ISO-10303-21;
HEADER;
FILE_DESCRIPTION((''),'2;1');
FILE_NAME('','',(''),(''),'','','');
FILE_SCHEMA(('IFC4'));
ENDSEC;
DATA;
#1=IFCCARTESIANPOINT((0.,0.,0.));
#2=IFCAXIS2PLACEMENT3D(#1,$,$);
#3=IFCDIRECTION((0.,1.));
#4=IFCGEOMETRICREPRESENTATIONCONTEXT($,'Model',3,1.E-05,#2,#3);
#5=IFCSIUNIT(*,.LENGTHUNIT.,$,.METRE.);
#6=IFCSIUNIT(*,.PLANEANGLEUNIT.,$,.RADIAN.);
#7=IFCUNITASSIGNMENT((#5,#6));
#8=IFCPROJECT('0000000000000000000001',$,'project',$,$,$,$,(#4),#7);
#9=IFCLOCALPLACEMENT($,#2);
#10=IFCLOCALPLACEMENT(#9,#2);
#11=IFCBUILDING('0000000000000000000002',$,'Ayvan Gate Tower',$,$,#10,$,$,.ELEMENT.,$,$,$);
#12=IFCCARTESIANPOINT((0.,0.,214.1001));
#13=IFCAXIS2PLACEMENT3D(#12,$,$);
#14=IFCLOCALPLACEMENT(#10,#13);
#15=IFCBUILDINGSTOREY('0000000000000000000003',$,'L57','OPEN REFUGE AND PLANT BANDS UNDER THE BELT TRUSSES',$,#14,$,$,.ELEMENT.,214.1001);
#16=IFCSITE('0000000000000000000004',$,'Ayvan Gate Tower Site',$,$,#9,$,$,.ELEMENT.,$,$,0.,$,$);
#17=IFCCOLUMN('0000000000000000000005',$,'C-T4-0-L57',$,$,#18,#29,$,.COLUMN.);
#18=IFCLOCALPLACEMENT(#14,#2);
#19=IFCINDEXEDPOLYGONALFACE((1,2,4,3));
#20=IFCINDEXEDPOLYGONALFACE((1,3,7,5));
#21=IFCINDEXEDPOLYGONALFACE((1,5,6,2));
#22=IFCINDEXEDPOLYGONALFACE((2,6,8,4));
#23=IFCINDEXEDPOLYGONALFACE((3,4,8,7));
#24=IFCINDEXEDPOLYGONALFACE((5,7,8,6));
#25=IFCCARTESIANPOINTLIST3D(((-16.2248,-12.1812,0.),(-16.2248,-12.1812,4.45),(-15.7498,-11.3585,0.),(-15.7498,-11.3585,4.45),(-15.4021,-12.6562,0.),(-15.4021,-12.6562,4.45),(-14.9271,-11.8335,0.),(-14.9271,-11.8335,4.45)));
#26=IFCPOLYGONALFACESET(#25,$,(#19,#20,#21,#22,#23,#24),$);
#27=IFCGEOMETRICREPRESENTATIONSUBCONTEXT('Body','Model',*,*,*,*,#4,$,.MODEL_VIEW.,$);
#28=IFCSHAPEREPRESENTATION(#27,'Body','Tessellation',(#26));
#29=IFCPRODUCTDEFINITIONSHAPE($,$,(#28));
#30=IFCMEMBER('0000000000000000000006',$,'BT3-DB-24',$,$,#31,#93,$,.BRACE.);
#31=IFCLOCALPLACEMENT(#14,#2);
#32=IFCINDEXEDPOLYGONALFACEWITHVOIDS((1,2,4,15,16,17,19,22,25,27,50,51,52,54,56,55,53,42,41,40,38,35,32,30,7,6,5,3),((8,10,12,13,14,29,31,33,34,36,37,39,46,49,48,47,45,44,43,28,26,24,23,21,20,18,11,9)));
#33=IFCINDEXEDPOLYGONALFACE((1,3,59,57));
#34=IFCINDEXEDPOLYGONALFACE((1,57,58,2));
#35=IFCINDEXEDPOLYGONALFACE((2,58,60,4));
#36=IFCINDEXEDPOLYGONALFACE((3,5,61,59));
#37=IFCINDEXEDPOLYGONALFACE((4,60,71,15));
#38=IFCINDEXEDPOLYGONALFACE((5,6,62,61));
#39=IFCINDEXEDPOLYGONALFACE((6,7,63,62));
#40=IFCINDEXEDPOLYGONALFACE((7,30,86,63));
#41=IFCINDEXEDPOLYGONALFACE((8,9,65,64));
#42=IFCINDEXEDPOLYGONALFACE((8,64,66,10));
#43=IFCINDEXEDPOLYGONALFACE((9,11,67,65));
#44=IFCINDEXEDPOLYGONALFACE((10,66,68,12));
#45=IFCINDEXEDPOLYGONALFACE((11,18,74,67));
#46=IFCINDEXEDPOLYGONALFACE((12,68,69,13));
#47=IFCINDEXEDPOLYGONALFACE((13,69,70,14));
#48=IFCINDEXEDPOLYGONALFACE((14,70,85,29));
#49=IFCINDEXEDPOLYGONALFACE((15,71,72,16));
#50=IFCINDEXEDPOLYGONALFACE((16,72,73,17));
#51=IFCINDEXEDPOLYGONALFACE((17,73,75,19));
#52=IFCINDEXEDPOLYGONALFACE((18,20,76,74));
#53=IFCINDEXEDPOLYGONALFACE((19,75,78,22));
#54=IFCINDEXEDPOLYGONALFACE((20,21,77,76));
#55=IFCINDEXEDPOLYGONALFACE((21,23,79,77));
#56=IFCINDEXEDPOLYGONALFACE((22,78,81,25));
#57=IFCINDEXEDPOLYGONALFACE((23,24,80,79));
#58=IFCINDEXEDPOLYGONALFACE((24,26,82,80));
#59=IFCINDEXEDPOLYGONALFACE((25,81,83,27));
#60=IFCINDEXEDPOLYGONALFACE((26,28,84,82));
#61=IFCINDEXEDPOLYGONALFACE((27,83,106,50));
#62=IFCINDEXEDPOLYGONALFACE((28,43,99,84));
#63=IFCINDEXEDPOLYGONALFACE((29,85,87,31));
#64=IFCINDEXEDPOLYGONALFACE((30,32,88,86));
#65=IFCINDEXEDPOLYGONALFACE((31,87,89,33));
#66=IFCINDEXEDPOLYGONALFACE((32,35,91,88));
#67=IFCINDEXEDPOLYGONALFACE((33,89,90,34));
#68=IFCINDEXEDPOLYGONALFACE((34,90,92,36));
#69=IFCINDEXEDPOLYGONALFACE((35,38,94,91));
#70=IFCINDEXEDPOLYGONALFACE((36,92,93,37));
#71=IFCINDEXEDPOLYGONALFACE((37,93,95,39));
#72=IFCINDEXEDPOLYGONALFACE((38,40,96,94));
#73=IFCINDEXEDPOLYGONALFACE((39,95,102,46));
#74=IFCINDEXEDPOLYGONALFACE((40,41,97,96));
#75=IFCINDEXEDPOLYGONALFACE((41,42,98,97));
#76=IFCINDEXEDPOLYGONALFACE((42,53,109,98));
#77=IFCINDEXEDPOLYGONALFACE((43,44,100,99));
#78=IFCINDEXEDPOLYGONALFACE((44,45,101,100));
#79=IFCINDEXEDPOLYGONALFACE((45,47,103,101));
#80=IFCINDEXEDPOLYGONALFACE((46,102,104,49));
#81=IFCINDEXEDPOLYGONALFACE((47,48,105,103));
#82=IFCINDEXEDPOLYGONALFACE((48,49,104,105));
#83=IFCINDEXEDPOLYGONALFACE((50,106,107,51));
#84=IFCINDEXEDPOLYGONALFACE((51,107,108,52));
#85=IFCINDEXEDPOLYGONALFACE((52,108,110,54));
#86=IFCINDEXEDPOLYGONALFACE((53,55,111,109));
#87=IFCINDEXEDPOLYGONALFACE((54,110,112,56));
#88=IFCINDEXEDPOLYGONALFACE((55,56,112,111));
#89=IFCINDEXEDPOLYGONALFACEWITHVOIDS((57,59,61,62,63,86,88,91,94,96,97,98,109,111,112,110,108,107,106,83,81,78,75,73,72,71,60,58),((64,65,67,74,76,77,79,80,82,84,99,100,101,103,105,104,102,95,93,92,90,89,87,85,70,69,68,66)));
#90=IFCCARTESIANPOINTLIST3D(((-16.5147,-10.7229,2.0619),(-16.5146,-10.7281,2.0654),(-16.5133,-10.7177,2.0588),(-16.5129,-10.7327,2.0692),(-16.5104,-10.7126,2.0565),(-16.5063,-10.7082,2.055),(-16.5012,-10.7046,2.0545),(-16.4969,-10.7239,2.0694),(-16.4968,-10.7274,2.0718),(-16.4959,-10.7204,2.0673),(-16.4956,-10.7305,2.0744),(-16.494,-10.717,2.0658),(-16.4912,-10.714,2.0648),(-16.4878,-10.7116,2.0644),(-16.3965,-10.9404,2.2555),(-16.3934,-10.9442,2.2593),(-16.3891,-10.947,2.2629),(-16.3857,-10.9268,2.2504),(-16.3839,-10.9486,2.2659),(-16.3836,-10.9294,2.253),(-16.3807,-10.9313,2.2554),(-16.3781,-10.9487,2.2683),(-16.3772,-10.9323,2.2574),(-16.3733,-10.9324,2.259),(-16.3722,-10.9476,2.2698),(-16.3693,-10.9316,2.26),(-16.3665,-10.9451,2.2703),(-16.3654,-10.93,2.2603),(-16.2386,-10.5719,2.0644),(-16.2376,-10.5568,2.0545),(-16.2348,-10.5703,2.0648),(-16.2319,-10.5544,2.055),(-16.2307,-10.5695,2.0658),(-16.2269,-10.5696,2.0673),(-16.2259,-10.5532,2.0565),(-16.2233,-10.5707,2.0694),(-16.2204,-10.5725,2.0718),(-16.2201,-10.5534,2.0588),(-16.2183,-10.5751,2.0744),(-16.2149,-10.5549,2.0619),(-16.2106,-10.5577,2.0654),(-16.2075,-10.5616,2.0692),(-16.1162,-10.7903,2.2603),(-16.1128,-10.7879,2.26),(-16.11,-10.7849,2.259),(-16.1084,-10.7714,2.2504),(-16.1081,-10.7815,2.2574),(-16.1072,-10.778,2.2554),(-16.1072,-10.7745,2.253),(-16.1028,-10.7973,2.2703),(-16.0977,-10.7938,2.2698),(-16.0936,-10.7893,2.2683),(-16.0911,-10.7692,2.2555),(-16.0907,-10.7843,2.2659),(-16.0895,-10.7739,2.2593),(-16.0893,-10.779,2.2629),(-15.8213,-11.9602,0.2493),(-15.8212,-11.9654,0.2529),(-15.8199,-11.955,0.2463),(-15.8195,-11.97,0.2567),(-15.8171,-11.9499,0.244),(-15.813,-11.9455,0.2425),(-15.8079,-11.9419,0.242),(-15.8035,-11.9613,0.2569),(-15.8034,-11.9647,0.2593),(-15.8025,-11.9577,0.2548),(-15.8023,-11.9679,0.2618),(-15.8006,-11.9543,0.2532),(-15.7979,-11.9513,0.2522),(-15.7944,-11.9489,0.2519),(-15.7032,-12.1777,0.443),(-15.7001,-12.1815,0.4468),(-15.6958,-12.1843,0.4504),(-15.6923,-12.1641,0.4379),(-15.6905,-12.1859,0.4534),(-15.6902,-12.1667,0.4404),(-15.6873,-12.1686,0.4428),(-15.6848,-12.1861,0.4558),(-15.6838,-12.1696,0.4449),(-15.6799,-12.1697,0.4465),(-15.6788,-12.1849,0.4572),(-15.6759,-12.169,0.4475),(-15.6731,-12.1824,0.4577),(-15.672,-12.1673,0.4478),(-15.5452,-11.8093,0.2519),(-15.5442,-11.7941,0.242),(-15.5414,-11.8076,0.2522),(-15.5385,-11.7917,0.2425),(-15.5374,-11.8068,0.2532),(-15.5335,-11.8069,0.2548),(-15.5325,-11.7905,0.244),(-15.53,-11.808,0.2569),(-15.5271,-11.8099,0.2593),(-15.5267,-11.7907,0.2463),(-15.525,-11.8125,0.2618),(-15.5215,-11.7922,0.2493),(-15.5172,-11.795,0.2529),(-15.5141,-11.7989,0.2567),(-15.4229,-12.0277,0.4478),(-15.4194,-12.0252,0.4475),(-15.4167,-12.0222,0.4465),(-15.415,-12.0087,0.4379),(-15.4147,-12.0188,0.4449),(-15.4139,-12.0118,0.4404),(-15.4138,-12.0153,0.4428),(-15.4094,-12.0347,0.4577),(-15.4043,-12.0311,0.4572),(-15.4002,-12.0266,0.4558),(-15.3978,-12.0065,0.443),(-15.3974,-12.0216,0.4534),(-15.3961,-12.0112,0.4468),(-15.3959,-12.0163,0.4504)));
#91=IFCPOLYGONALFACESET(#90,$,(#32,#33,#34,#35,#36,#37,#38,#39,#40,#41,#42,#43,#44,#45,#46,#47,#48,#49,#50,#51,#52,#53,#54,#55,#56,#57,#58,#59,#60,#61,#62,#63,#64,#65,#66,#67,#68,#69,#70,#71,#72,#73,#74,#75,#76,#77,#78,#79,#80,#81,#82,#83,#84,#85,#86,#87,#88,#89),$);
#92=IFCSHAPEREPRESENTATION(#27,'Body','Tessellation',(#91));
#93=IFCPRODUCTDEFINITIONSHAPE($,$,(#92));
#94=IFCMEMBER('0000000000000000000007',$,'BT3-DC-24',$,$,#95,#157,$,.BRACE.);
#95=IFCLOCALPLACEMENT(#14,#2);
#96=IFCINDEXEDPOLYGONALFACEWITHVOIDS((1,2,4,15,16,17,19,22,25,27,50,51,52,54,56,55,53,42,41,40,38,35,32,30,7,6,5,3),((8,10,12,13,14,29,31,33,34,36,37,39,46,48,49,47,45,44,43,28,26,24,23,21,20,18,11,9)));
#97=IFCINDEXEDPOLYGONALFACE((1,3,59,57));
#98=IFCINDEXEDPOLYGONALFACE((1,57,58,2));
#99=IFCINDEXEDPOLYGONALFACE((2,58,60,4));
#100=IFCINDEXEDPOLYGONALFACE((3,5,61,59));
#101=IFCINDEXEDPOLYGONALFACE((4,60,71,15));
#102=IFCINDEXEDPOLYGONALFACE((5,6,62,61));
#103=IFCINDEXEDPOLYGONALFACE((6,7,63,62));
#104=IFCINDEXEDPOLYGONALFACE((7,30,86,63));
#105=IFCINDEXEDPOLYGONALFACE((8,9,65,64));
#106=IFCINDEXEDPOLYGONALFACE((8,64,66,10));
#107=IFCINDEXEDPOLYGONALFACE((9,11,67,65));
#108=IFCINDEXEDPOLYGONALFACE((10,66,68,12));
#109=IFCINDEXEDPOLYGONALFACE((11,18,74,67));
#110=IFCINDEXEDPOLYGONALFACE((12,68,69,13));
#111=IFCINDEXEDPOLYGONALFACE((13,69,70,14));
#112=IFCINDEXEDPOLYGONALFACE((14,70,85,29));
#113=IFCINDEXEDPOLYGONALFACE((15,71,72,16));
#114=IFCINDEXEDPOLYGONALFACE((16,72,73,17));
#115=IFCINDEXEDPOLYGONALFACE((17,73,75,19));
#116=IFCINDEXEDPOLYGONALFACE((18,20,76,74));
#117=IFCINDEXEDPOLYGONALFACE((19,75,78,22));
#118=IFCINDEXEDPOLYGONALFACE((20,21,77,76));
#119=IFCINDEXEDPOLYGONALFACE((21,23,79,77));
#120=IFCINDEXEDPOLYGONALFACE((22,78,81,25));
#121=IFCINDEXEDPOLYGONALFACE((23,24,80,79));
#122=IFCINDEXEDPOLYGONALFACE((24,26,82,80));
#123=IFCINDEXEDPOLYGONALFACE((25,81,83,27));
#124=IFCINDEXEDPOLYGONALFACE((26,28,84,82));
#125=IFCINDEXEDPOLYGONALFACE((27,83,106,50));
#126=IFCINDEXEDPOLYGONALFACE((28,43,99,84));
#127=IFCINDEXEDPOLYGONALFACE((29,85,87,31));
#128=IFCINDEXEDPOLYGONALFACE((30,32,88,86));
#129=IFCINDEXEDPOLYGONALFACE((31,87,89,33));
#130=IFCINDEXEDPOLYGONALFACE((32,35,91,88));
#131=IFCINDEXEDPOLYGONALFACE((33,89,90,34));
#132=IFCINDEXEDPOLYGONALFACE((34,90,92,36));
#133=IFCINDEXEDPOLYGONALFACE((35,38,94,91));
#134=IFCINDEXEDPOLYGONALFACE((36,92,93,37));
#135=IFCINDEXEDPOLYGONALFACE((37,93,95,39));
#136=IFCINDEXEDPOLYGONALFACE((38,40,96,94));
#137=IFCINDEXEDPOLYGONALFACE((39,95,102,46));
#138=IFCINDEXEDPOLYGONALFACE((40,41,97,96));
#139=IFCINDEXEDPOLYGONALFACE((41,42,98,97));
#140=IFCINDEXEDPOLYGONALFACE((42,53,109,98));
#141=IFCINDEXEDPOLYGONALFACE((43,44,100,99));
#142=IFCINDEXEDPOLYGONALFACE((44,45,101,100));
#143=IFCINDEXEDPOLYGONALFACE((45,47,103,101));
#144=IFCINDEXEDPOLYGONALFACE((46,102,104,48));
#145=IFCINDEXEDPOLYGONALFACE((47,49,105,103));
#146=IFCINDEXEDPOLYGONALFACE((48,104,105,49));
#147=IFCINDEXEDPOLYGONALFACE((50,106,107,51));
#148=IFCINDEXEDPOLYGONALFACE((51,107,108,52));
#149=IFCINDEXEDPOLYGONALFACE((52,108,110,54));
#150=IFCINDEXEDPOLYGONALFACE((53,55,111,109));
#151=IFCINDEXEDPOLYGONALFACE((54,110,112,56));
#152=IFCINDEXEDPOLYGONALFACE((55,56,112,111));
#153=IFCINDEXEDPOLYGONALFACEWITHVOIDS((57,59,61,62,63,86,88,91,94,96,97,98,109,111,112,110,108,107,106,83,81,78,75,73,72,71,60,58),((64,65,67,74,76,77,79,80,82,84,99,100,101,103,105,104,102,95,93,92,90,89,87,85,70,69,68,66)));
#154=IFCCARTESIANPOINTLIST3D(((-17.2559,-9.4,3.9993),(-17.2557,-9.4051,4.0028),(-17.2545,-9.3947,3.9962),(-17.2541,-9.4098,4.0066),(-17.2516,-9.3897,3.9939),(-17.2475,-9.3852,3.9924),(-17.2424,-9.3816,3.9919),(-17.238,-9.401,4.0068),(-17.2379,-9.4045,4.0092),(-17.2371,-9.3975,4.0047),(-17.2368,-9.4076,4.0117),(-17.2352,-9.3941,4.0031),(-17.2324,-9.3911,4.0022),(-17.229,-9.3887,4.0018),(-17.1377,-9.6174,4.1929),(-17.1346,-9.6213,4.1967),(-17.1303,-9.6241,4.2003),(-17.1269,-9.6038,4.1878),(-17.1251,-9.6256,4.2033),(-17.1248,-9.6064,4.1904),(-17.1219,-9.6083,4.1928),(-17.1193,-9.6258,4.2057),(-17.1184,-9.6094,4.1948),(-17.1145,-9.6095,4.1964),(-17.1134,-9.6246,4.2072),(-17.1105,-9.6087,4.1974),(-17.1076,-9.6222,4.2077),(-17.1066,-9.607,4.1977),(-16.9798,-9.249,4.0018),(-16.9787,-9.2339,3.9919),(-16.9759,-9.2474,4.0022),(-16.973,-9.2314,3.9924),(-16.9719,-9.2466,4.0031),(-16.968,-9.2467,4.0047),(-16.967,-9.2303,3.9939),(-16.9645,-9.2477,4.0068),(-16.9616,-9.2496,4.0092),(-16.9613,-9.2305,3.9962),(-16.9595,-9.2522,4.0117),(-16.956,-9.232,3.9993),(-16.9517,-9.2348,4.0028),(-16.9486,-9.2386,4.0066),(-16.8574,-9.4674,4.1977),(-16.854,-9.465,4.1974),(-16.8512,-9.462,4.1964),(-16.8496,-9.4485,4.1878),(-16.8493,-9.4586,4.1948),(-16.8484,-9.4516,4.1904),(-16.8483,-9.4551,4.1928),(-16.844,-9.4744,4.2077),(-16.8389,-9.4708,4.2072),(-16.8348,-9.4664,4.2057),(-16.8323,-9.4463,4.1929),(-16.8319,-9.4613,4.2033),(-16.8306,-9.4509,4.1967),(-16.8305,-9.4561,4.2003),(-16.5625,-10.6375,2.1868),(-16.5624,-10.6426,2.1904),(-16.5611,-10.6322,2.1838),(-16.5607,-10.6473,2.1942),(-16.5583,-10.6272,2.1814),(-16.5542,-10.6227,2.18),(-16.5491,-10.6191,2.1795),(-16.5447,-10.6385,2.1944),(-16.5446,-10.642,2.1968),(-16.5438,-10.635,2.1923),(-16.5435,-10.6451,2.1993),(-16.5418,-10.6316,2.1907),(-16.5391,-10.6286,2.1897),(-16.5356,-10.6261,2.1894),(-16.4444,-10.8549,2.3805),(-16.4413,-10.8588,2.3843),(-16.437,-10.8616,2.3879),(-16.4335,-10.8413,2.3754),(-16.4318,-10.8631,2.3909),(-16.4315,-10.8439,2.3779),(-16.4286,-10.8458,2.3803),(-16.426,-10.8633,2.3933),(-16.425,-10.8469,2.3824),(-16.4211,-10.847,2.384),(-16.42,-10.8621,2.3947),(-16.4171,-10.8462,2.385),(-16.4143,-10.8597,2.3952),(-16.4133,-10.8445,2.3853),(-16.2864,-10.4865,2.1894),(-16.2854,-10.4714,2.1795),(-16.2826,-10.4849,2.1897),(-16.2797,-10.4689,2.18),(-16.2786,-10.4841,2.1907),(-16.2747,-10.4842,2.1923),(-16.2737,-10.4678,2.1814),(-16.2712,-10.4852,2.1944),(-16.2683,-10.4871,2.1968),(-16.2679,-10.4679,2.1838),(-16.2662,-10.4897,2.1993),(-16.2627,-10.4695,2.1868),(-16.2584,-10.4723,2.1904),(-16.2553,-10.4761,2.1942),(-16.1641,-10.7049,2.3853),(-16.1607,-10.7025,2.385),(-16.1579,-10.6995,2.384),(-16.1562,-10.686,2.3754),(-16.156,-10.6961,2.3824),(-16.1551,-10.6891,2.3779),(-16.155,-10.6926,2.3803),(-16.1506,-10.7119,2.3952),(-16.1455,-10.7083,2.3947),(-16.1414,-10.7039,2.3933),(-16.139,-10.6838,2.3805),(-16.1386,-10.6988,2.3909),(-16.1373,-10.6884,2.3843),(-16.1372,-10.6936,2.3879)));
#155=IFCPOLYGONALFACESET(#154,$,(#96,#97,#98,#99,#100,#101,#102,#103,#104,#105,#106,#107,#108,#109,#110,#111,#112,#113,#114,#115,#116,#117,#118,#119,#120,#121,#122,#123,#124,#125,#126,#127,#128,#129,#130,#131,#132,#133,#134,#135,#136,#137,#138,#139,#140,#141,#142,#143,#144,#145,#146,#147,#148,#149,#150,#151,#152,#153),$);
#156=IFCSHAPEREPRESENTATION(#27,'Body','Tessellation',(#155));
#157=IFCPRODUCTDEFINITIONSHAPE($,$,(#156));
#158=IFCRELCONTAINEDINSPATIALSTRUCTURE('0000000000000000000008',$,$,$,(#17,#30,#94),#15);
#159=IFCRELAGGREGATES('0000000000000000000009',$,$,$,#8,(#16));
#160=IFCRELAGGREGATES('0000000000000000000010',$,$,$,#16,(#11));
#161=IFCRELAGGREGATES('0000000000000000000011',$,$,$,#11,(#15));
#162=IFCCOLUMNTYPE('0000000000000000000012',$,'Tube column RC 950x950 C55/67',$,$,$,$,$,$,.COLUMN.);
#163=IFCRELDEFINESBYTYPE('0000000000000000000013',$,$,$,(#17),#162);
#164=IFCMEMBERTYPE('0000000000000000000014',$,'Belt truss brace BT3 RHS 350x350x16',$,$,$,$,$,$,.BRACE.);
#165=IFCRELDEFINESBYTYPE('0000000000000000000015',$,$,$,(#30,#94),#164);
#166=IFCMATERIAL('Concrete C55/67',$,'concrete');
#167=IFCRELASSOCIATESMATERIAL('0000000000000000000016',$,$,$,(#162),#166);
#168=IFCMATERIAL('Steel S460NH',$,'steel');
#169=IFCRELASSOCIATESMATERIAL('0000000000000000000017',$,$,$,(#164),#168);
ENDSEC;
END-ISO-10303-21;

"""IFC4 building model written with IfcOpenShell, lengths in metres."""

from ifc_helpers import new_model, si_unit, direction, frame, origin, origin_2d, place, context, subcontext, project, spatial, rectangle, hollow_rectangle, extrude, material, material_profile, profile_set, type_object, element, save


model = new_model("IFC4")

# Units and contexts
model_context = context("Model", 3, precision=1e-05, world=origin(), true_north=direction((0.0, 1.0)))
body_context = subcontext(model_context, "Body", "Model", "MODEL_VIEW")
ifc_project = project(units=[si_unit("LENGTHUNIT", "METRE"), si_unit("PLANEANGLEUNIT", "RADIAN")], contexts=[model_context])

# Site, building, storey
site_placement = place(None, origin())
site = spatial("IfcSite", under=ifc_project, at=site_placement, Name="Ayvan Gate Tower Site", CompositionType="ELEMENT", RefElevation=0.0)
building_placement = place(site_placement, origin())
building = spatial("IfcBuilding", under=site, at=building_placement, Name="Ayvan Gate Tower", CompositionType="ELEMENT")
storey_placement = place(building_placement, frame((0.0, 0.0, 214.1001)))
storey = spatial("IfcBuildingStorey", under=building, at=storey_placement, Name="L57", Description="OPEN REFUGE AND PLANT BANDS UNDER THE BELT TRUSSES", CompositionType="ELEMENT", Elevation=214.1001)

# Column
ifc_material_1 = material(Name="Concrete C55/67", Category="concrete")
ifc_material_profile_1 = material_profile(ifc_material_1, rectangle(XDim=0.95, YDim=0.95, at=origin_2d()), Name="RC 950x950")
ifc_profile_set_1 = profile_set([ifc_material_profile_1], Name="Concrete C55/67")
column_type = type_object("IfcColumnType", Name="Tube column RC 950x950 C55/67", PredefinedType="COLUMN", material=ifc_profile_set_1)
column_placement = place(storey_placement, frame((-15.5759, -12.0073, 0.0), z_axis=(0.0, 0.0, 1.0), x_axis=(-0.5, -0.866025, 0.0)))
element("IfcColumn", 1, at=column_placement, inside=storey, type_object=column_type, Name="C-T4-0-L57", PredefinedType="COLUMN", context=body_context, shape_type="SweptSolid", body=[
    extrude(rectangle(XDim=0.95, YDim=0.95, at=origin_2d()), origin(), (0.0, 0.0, 1.0), 4.45),
])

# Members
ifc_material_2 = material(Name="Steel S460NH", Category="steel")
ifc_material_profile_2 = material_profile(ifc_material_2, hollow_rectangle(XDim=0.3501, YDim=0.3501, WallThickness=0.0161, InnerFilletRadius=0.0161, OuterFilletRadius=0.0239, at=origin_2d()), Name="RHS 350x350x16")
ifc_profile_set_2 = profile_set([ifc_material_profile_2], Name="Steel S460NH")
member_type_1 = type_object("IfcMemberType", Name="Belt truss brace BT3 RHS 350x350x16", PredefinedType="BRACE", material=ifc_profile_set_2)
for number, where, z_axis, x_axis, name in (
    (2, (-15.6086, -11.9883, 0.3499), (-0.301266, 0.537612, 0.787536), (-0.872365, -0.488855, 0.0), "BT3-DB-24"),
    (3, (-16.3499, -10.6655, 2.2874), (-0.301249, 0.537687, 0.787491), (-0.872406, -0.488782, 0.0), "BT3-DC-24"),
):
    element("IfcMember", number, at=place(storey_placement, frame(where, z_axis=z_axis, x_axis=x_axis)), inside=storey, type_object=member_type_1, Name=name, PredefinedType="BRACE", context=body_context, shape_type="SweptSolid", body=[
        extrude(hollow_rectangle(XDim=0.3501, YDim=0.3501, WallThickness=0.0161, InnerFilletRadius=0.0161, OuterFilletRadius=0.0239, at=origin_2d()), origin(), (0.0, 0.0, 1.0), 2.3015),
    ])

save(model, "model.ifc")
